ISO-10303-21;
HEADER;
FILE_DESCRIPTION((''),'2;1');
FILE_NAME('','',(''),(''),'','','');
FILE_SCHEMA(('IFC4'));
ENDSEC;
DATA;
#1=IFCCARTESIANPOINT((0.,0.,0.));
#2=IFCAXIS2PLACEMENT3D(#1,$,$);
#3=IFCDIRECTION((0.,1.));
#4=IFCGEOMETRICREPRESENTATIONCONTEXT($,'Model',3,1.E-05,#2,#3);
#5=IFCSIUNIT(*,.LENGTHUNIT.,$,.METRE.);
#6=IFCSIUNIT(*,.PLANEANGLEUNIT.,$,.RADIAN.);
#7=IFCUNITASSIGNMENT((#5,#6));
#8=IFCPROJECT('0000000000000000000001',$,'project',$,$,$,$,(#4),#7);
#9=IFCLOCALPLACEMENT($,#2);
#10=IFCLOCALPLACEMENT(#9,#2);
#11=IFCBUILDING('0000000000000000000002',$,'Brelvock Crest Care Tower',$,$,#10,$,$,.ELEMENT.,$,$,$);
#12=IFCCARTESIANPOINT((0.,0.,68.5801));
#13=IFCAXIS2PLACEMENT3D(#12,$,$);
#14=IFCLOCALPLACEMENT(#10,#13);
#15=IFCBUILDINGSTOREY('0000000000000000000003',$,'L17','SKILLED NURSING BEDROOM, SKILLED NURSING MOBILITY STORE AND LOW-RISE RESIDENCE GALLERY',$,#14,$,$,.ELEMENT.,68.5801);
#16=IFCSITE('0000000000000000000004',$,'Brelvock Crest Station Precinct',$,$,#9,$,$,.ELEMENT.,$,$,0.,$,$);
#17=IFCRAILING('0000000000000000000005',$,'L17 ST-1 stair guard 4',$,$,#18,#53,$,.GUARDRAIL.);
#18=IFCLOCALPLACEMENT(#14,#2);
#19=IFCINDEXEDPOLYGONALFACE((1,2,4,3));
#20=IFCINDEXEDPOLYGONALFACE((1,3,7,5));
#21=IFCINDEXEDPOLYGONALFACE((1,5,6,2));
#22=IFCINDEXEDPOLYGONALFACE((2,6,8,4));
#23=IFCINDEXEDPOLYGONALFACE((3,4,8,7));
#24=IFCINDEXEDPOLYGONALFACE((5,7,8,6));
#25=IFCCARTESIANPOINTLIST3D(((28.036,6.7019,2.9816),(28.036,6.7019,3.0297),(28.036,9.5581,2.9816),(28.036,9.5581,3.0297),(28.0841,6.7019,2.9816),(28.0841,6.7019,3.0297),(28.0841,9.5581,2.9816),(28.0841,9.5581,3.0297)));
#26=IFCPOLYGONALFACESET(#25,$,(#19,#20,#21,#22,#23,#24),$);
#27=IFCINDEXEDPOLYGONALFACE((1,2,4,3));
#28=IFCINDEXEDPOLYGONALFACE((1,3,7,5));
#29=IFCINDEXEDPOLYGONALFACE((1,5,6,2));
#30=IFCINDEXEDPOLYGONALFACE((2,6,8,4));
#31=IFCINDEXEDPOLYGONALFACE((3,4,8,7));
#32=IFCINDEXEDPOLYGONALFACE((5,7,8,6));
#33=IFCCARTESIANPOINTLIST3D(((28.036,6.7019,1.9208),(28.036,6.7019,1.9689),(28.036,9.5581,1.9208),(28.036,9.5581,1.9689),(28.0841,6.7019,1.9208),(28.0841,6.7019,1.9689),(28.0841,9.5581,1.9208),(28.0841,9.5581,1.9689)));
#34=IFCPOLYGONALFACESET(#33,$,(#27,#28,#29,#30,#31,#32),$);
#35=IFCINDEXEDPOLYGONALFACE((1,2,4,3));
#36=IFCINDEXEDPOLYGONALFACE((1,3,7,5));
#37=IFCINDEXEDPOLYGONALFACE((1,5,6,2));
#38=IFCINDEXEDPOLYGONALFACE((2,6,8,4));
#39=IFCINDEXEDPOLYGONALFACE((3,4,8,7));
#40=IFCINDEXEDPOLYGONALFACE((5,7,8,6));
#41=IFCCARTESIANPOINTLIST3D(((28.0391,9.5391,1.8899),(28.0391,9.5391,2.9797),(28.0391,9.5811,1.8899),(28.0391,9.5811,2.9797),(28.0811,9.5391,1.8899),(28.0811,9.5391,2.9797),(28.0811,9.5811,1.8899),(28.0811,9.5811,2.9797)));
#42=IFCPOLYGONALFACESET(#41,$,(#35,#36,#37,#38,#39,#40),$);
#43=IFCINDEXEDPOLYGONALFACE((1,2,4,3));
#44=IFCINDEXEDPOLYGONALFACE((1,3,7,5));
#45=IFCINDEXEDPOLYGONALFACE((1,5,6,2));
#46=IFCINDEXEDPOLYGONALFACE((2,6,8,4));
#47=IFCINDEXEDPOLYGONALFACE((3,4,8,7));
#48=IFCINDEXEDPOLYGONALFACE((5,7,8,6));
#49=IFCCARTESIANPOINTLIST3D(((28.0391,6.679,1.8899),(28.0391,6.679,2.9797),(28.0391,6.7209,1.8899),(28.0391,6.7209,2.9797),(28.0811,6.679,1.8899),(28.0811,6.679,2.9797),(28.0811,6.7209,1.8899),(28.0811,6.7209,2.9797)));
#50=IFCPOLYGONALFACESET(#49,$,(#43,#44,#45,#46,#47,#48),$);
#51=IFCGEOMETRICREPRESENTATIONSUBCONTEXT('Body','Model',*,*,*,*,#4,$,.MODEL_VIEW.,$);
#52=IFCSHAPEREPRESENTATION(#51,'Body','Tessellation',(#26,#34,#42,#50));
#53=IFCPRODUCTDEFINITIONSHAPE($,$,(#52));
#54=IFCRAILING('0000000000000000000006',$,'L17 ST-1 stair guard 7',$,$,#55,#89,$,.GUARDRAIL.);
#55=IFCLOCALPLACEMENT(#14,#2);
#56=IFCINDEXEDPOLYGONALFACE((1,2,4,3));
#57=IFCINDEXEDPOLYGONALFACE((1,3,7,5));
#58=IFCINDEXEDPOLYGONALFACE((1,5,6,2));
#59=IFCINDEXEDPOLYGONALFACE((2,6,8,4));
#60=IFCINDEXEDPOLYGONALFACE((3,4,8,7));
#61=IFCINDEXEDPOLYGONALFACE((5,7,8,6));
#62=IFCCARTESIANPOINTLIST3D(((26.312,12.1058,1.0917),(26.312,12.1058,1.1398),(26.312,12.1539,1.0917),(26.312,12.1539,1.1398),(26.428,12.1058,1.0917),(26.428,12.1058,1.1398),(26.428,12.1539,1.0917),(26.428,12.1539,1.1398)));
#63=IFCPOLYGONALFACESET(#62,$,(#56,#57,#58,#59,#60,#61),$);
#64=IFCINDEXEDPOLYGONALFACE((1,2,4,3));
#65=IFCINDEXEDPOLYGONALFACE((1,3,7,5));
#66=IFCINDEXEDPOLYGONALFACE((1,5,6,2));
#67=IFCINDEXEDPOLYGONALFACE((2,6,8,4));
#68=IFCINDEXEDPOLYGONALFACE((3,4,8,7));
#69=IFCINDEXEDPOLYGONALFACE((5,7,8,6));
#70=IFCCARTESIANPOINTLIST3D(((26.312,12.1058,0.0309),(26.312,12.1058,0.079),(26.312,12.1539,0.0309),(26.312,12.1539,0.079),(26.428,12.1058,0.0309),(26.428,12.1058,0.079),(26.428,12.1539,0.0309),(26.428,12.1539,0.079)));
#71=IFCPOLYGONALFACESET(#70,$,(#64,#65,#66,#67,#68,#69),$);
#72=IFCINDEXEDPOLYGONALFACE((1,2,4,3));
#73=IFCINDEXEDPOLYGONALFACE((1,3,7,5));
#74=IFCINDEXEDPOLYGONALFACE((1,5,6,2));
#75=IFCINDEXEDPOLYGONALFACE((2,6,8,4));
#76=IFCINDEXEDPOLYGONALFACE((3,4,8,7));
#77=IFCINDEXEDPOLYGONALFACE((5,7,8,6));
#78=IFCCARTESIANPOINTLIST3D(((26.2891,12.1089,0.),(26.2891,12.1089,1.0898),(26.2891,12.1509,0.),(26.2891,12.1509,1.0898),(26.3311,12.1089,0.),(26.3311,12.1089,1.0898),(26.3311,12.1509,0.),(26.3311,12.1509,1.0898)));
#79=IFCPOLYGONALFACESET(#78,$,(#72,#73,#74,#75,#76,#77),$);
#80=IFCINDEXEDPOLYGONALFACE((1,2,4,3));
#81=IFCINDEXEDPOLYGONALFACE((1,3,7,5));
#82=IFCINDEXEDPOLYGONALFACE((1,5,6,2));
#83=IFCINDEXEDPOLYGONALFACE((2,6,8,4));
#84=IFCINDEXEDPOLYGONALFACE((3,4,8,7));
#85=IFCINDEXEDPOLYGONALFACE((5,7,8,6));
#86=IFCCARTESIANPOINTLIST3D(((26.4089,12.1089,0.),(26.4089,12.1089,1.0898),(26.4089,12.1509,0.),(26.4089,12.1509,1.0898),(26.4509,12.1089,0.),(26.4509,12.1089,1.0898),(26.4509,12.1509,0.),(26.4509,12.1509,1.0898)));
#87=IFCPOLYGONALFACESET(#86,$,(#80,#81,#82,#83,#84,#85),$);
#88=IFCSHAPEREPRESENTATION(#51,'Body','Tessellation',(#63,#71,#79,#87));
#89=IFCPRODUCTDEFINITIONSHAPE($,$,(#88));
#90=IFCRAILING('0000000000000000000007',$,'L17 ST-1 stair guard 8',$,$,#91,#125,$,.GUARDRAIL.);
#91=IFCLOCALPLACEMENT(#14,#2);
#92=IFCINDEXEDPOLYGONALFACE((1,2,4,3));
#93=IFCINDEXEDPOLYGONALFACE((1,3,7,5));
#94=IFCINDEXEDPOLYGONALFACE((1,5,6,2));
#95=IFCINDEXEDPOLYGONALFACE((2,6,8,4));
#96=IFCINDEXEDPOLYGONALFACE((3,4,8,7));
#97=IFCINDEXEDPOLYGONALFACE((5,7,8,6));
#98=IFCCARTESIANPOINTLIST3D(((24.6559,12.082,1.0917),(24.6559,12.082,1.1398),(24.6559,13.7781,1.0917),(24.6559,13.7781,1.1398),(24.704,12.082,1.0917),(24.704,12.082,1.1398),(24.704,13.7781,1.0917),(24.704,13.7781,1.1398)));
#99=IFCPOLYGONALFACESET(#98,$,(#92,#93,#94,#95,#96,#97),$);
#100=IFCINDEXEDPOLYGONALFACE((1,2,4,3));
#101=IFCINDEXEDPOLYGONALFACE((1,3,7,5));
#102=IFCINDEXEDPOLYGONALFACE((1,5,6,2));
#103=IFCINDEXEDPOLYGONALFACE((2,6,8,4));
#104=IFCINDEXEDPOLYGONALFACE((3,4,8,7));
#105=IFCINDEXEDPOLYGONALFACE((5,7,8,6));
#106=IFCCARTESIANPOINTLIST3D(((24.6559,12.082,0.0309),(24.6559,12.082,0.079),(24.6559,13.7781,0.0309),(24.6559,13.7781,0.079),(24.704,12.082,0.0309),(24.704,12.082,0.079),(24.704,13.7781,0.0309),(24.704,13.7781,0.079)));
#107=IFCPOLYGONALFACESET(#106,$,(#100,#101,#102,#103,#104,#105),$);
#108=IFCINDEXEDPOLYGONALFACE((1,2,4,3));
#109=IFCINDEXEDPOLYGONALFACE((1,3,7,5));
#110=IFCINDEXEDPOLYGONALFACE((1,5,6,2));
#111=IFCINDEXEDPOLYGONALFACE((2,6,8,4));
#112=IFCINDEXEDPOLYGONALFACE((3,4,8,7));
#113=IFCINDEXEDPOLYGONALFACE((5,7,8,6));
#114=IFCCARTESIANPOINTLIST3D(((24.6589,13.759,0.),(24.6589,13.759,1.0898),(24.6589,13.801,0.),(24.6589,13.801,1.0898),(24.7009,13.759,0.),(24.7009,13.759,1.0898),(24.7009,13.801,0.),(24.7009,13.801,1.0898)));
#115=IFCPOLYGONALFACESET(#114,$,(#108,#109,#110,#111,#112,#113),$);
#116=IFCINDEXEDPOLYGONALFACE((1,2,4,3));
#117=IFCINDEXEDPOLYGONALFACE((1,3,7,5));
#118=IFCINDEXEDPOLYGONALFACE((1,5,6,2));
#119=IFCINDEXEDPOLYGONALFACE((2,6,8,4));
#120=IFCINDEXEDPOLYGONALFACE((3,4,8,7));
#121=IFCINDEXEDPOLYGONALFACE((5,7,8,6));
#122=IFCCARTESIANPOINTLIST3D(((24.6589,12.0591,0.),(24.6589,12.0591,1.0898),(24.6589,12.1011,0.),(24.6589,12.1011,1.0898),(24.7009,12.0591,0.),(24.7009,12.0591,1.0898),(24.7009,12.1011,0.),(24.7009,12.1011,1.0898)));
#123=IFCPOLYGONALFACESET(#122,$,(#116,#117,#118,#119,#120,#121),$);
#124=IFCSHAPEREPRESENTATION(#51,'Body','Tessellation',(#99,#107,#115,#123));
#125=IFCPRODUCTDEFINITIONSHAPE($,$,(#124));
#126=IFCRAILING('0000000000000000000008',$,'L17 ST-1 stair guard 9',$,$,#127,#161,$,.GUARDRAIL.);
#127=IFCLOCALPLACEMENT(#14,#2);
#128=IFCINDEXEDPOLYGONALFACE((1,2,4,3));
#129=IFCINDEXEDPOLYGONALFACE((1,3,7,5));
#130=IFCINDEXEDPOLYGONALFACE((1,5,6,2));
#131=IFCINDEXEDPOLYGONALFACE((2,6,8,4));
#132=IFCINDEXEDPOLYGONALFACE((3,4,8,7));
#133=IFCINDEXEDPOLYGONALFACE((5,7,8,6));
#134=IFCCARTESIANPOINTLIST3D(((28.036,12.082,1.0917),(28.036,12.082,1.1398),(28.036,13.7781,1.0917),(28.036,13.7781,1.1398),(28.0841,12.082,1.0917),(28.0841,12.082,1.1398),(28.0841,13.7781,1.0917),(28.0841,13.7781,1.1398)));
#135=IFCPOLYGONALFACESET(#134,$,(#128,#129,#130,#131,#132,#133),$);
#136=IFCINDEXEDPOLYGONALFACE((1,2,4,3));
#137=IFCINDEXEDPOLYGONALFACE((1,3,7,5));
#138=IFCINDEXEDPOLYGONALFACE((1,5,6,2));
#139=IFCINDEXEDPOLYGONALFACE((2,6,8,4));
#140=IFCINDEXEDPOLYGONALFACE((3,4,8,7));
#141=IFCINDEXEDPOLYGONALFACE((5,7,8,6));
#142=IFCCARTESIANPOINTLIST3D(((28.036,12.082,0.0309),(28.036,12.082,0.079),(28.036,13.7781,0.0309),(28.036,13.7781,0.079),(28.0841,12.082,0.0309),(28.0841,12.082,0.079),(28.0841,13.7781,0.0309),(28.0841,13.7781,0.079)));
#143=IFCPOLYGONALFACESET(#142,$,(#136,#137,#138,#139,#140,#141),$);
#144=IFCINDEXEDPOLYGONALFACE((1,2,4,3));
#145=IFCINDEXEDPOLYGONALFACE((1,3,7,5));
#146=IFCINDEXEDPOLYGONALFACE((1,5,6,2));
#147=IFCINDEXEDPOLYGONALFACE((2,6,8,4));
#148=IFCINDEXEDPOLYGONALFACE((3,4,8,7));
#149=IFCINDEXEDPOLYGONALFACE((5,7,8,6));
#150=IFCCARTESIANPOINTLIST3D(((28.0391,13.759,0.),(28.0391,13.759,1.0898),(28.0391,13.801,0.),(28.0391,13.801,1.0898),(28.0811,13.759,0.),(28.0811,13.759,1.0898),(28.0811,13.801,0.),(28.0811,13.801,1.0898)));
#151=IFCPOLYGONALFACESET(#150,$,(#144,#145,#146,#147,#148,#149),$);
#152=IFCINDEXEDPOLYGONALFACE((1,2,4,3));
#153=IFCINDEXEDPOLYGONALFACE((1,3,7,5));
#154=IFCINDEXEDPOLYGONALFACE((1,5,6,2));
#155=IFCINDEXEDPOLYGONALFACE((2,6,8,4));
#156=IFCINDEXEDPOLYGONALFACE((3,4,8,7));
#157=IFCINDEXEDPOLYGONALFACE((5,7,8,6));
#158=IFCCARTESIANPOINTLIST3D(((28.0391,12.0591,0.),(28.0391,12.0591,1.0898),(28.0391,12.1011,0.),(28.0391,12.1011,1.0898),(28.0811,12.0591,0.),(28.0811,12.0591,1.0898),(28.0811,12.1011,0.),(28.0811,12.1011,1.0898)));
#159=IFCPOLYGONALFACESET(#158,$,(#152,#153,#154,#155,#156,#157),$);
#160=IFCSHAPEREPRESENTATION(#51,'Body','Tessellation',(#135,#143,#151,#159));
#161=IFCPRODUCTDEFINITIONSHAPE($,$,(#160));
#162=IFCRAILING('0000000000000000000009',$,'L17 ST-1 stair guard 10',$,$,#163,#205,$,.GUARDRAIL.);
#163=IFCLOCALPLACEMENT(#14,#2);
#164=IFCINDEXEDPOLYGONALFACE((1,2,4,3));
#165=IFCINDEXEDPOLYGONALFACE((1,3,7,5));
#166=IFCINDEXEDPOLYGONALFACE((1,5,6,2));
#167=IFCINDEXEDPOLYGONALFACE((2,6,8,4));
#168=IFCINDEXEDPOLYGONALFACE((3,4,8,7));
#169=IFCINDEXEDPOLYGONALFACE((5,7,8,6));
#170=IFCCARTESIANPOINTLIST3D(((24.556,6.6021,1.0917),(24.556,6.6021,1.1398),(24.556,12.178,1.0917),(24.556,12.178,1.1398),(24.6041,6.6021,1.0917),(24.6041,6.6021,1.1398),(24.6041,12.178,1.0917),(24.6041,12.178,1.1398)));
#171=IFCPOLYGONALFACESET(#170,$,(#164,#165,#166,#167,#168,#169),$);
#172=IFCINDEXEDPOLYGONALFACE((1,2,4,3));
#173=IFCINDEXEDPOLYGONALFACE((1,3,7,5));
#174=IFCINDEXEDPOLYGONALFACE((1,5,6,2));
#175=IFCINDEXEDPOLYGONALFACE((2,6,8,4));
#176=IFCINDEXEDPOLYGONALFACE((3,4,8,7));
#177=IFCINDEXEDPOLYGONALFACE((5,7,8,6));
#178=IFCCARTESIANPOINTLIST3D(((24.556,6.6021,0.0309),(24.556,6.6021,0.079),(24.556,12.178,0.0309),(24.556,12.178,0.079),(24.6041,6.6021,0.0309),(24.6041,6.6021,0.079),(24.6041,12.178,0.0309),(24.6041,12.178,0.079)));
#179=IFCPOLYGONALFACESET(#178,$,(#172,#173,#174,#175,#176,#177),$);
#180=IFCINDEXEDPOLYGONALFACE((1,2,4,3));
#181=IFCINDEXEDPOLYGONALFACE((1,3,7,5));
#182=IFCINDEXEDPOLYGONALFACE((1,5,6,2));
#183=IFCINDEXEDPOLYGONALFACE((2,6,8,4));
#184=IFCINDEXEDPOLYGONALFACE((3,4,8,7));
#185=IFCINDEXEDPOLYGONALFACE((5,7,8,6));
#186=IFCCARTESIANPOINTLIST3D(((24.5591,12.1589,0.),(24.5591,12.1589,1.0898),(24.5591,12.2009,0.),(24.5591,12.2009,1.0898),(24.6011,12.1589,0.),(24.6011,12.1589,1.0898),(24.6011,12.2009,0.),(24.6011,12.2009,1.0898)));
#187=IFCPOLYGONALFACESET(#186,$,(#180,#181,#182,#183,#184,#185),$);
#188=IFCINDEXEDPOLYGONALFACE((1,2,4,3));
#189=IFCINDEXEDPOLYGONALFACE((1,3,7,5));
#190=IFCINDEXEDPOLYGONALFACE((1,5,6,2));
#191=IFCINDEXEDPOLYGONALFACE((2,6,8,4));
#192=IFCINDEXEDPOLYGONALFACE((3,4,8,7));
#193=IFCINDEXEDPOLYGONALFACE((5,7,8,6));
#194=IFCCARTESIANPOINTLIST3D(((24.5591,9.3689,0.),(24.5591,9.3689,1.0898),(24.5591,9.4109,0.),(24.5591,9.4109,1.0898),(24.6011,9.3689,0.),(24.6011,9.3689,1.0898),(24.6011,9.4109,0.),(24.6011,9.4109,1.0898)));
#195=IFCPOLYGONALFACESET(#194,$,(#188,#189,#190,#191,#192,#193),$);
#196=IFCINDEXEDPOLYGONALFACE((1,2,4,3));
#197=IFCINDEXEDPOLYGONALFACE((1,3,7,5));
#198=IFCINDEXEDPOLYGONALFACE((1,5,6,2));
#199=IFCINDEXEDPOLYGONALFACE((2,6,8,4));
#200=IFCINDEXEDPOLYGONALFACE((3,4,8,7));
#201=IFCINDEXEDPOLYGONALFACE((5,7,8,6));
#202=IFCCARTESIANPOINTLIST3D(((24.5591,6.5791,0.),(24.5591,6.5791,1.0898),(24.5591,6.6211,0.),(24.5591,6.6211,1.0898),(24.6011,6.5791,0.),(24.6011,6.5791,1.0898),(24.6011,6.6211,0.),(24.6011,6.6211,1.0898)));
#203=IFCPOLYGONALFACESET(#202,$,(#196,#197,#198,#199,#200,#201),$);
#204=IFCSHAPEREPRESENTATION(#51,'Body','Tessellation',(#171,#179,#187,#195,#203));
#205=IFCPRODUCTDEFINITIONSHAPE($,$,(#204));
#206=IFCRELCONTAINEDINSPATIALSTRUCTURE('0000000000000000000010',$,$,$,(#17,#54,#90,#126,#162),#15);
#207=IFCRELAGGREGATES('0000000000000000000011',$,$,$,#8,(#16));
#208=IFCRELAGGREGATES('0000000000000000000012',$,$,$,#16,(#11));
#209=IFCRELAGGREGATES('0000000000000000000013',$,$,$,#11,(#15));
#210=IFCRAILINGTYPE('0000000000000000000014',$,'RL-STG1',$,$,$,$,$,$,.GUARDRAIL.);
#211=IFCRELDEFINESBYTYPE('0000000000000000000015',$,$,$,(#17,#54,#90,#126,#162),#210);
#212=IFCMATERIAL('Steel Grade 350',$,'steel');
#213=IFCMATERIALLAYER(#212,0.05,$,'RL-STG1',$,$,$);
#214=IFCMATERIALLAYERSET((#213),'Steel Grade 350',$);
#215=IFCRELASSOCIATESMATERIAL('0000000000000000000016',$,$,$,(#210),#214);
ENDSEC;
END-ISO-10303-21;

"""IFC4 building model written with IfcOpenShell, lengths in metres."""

from ifc_helpers import new_model, si_unit, direction, frame, origin, origin_2d, place, context, subcontext, project, spatial, rectangle, extrude, material, layer, layer_set, type_object, element, save


model = new_model("IFC4")

# Units and contexts
model_context = context("Model", 3, precision=1e-05, world=origin(), true_north=direction((0.0, 1.0)))
body_context = subcontext(model_context, "Body", "Model", "MODEL_VIEW")
ifc_project = project(units=[si_unit("LENGTHUNIT", "METRE"), si_unit("PLANEANGLEUNIT", "RADIAN")], contexts=[model_context])

# Site, building, storey
site_placement = place(None, origin())
site = spatial("IfcSite", under=ifc_project, at=site_placement, Name="Brelvock Crest Station Precinct", CompositionType="ELEMENT", RefElevation=0.0)
building_placement = place(site_placement, origin())
building = spatial("IfcBuilding", under=site, at=building_placement, Name="Brelvock Crest Care Tower", CompositionType="ELEMENT")
storey_placement = place(building_placement, frame((0.0, 0.0, 68.5801)))
storey = spatial("IfcBuildingStorey", under=building, at=storey_placement, Name="L17", Description="SKILLED NURSING BEDROOM, SKILLED NURSING MOBILITY STORE AND LOW-RISE RESIDENCE GALLERY", CompositionType="ELEMENT", Elevation=68.5801)

# Shared definitions
ifc_material_1 = material(Name="Steel Grade 350", Category="steel")

# Railings
ifc_layer_1 = layer(ifc_material_1, 0.05, Name="RL-STG1")
ifc_layer_set_1 = layer_set([ifc_layer_1], Name="Steel Grade 350")
railing_type_1 = type_object("IfcRailingType", Name="RL-STG1", PredefinedType="GUARDRAIL", material=ifc_layer_set_1)
railing_1_placement = place(storey_placement, frame((28.0601, 9.5601, 1.8899)))
element("IfcRailing", 1, at=railing_1_placement, inside=storey, type_object=railing_type_1, Name="L17 ST-1 stair guard 4", PredefinedType="GUARDRAIL", context=body_context, shape_type="SweptSolid", body=[
    extrude(rectangle(XDim=0.0481, YDim=0.0481, at=origin_2d()), frame((0.0, -0.002, 1.1157), z_axis=(0.0, -1.0, 0.0), x_axis=(1.0, 0.0, 0.0)), (0.0, 0.0, 1.0), 2.8562),
    extrude(rectangle(XDim=0.0481, YDim=0.0481, at=origin_2d()), frame((0.0, -0.002, 0.0549), z_axis=(0.0, -1.0, 0.0), x_axis=(1.0, 0.0, 0.0)), (0.0, 0.0, 1.0), 2.8562),
    extrude(rectangle(XDim=0.042, YDim=0.042, at=origin_2d()), origin(), (0.0, 0.0, 1.0), 1.0898),
    extrude(rectangle(XDim=0.042, YDim=0.042, at=origin_2d()), frame((0.0, -2.8601, 0.0)), (0.0, 0.0, 1.0), 1.0898),
])
railing_2_placement = place(storey_placement, frame((26.3101, 12.1299, 0.0)))
element("IfcRailing", 2, at=railing_2_placement, inside=storey, type_object=railing_type_1, Name="L17 ST-1 stair guard 7", PredefinedType="GUARDRAIL", context=body_context, shape_type="SweptSolid", body=[
    extrude(rectangle(XDim=0.0481, YDim=0.0481, at=origin_2d()), frame((0.002, 0.0, 1.1157), z_axis=(1.0, 0.0, 0.0), x_axis=(0.0, 1.0, 0.0)), (0.0, 0.0, 1.0), 0.116),
    extrude(rectangle(XDim=0.0481, YDim=0.0481, at=origin_2d()), frame((0.002, 0.0, 0.0549), z_axis=(1.0, 0.0, 0.0), x_axis=(0.0, 1.0, 0.0)), (0.0, 0.0, 1.0), 0.116),
    extrude(rectangle(XDim=0.042, YDim=0.042, at=origin_2d()), origin(), (0.0, 0.0, 1.0), 1.0898),
    extrude(rectangle(XDim=0.042, YDim=0.042, at=origin_2d()), frame((0.1199, 0.0, 0.0)), (0.0, 0.0, 1.0), 1.0898),
])
for number, where, name in (
    (3, (24.6799, 13.78, 0.0), "L17 ST-1 stair guard 8"),
    (4, (28.0601, 13.78, 0.0), "L17 ST-1 stair guard 9"),
):
    element("IfcRailing", number, at=place(storey_placement, frame(where)), inside=storey, type_object=railing_type_1, Name=name, PredefinedType="GUARDRAIL", context=body_context, shape_type="SweptSolid", body=[
        extrude(rectangle(XDim=0.0481, YDim=0.0481, at=origin_2d()), frame((0.0, -0.002, 1.1157), z_axis=(0.0, -1.0, 0.0), x_axis=(1.0, 0.0, 0.0)), (0.0, 0.0, 1.0), 1.696),
        extrude(rectangle(XDim=0.0481, YDim=0.0481, at=origin_2d()), frame((0.0, -0.002, 0.0549), z_axis=(0.0, -1.0, 0.0), x_axis=(1.0, 0.0, 0.0)), (0.0, 0.0, 1.0), 1.696),
        extrude(rectangle(XDim=0.042, YDim=0.042, at=origin_2d()), origin(), (0.0, 0.0, 1.0), 1.0898),
        extrude(rectangle(XDim=0.042, YDim=0.042, at=origin_2d()), frame((0.0, -1.7, 0.0)), (0.0, 0.0, 1.0), 1.0898),
    ])
for number, where, name in (
    (5, (24.5801, 12.1799, 0.0), "L17 ST-1 stair guard 10"),
):
    element("IfcRailing", number, at=place(storey_placement, frame(where)), inside=storey, type_object=railing_type_1, Name=name, PredefinedType="GUARDRAIL", context=body_context, shape_type="SweptSolid", body=[
        extrude(rectangle(XDim=0.0481, YDim=0.0481, at=origin_2d()), frame((0.0, -0.002, 1.1157), z_axis=(0.0, -1.0, 0.0), x_axis=(1.0, 0.0, 0.0)), (0.0, 0.0, 1.0), 5.5759),
        extrude(rectangle(XDim=0.0481, YDim=0.0481, at=origin_2d()), frame((0.0, -0.002, 0.0549), z_axis=(0.0, -1.0, 0.0), x_axis=(1.0, 0.0, 0.0)), (0.0, 0.0, 1.0), 5.5759),
        extrude(rectangle(XDim=0.042, YDim=0.042, at=origin_2d()), origin(), (0.0, 0.0, 1.0), 1.0898),
        extrude(rectangle(XDim=0.042, YDim=0.042, at=origin_2d()), frame((0.0, -2.79, 0.0)), (0.0, 0.0, 1.0), 1.0898),
        extrude(rectangle(XDim=0.042, YDim=0.042, at=origin_2d()), frame((0.0, -5.5798, 0.0)), (0.0, 0.0, 1.0), 1.0898),
    ])

save(model, "model.ifc")
